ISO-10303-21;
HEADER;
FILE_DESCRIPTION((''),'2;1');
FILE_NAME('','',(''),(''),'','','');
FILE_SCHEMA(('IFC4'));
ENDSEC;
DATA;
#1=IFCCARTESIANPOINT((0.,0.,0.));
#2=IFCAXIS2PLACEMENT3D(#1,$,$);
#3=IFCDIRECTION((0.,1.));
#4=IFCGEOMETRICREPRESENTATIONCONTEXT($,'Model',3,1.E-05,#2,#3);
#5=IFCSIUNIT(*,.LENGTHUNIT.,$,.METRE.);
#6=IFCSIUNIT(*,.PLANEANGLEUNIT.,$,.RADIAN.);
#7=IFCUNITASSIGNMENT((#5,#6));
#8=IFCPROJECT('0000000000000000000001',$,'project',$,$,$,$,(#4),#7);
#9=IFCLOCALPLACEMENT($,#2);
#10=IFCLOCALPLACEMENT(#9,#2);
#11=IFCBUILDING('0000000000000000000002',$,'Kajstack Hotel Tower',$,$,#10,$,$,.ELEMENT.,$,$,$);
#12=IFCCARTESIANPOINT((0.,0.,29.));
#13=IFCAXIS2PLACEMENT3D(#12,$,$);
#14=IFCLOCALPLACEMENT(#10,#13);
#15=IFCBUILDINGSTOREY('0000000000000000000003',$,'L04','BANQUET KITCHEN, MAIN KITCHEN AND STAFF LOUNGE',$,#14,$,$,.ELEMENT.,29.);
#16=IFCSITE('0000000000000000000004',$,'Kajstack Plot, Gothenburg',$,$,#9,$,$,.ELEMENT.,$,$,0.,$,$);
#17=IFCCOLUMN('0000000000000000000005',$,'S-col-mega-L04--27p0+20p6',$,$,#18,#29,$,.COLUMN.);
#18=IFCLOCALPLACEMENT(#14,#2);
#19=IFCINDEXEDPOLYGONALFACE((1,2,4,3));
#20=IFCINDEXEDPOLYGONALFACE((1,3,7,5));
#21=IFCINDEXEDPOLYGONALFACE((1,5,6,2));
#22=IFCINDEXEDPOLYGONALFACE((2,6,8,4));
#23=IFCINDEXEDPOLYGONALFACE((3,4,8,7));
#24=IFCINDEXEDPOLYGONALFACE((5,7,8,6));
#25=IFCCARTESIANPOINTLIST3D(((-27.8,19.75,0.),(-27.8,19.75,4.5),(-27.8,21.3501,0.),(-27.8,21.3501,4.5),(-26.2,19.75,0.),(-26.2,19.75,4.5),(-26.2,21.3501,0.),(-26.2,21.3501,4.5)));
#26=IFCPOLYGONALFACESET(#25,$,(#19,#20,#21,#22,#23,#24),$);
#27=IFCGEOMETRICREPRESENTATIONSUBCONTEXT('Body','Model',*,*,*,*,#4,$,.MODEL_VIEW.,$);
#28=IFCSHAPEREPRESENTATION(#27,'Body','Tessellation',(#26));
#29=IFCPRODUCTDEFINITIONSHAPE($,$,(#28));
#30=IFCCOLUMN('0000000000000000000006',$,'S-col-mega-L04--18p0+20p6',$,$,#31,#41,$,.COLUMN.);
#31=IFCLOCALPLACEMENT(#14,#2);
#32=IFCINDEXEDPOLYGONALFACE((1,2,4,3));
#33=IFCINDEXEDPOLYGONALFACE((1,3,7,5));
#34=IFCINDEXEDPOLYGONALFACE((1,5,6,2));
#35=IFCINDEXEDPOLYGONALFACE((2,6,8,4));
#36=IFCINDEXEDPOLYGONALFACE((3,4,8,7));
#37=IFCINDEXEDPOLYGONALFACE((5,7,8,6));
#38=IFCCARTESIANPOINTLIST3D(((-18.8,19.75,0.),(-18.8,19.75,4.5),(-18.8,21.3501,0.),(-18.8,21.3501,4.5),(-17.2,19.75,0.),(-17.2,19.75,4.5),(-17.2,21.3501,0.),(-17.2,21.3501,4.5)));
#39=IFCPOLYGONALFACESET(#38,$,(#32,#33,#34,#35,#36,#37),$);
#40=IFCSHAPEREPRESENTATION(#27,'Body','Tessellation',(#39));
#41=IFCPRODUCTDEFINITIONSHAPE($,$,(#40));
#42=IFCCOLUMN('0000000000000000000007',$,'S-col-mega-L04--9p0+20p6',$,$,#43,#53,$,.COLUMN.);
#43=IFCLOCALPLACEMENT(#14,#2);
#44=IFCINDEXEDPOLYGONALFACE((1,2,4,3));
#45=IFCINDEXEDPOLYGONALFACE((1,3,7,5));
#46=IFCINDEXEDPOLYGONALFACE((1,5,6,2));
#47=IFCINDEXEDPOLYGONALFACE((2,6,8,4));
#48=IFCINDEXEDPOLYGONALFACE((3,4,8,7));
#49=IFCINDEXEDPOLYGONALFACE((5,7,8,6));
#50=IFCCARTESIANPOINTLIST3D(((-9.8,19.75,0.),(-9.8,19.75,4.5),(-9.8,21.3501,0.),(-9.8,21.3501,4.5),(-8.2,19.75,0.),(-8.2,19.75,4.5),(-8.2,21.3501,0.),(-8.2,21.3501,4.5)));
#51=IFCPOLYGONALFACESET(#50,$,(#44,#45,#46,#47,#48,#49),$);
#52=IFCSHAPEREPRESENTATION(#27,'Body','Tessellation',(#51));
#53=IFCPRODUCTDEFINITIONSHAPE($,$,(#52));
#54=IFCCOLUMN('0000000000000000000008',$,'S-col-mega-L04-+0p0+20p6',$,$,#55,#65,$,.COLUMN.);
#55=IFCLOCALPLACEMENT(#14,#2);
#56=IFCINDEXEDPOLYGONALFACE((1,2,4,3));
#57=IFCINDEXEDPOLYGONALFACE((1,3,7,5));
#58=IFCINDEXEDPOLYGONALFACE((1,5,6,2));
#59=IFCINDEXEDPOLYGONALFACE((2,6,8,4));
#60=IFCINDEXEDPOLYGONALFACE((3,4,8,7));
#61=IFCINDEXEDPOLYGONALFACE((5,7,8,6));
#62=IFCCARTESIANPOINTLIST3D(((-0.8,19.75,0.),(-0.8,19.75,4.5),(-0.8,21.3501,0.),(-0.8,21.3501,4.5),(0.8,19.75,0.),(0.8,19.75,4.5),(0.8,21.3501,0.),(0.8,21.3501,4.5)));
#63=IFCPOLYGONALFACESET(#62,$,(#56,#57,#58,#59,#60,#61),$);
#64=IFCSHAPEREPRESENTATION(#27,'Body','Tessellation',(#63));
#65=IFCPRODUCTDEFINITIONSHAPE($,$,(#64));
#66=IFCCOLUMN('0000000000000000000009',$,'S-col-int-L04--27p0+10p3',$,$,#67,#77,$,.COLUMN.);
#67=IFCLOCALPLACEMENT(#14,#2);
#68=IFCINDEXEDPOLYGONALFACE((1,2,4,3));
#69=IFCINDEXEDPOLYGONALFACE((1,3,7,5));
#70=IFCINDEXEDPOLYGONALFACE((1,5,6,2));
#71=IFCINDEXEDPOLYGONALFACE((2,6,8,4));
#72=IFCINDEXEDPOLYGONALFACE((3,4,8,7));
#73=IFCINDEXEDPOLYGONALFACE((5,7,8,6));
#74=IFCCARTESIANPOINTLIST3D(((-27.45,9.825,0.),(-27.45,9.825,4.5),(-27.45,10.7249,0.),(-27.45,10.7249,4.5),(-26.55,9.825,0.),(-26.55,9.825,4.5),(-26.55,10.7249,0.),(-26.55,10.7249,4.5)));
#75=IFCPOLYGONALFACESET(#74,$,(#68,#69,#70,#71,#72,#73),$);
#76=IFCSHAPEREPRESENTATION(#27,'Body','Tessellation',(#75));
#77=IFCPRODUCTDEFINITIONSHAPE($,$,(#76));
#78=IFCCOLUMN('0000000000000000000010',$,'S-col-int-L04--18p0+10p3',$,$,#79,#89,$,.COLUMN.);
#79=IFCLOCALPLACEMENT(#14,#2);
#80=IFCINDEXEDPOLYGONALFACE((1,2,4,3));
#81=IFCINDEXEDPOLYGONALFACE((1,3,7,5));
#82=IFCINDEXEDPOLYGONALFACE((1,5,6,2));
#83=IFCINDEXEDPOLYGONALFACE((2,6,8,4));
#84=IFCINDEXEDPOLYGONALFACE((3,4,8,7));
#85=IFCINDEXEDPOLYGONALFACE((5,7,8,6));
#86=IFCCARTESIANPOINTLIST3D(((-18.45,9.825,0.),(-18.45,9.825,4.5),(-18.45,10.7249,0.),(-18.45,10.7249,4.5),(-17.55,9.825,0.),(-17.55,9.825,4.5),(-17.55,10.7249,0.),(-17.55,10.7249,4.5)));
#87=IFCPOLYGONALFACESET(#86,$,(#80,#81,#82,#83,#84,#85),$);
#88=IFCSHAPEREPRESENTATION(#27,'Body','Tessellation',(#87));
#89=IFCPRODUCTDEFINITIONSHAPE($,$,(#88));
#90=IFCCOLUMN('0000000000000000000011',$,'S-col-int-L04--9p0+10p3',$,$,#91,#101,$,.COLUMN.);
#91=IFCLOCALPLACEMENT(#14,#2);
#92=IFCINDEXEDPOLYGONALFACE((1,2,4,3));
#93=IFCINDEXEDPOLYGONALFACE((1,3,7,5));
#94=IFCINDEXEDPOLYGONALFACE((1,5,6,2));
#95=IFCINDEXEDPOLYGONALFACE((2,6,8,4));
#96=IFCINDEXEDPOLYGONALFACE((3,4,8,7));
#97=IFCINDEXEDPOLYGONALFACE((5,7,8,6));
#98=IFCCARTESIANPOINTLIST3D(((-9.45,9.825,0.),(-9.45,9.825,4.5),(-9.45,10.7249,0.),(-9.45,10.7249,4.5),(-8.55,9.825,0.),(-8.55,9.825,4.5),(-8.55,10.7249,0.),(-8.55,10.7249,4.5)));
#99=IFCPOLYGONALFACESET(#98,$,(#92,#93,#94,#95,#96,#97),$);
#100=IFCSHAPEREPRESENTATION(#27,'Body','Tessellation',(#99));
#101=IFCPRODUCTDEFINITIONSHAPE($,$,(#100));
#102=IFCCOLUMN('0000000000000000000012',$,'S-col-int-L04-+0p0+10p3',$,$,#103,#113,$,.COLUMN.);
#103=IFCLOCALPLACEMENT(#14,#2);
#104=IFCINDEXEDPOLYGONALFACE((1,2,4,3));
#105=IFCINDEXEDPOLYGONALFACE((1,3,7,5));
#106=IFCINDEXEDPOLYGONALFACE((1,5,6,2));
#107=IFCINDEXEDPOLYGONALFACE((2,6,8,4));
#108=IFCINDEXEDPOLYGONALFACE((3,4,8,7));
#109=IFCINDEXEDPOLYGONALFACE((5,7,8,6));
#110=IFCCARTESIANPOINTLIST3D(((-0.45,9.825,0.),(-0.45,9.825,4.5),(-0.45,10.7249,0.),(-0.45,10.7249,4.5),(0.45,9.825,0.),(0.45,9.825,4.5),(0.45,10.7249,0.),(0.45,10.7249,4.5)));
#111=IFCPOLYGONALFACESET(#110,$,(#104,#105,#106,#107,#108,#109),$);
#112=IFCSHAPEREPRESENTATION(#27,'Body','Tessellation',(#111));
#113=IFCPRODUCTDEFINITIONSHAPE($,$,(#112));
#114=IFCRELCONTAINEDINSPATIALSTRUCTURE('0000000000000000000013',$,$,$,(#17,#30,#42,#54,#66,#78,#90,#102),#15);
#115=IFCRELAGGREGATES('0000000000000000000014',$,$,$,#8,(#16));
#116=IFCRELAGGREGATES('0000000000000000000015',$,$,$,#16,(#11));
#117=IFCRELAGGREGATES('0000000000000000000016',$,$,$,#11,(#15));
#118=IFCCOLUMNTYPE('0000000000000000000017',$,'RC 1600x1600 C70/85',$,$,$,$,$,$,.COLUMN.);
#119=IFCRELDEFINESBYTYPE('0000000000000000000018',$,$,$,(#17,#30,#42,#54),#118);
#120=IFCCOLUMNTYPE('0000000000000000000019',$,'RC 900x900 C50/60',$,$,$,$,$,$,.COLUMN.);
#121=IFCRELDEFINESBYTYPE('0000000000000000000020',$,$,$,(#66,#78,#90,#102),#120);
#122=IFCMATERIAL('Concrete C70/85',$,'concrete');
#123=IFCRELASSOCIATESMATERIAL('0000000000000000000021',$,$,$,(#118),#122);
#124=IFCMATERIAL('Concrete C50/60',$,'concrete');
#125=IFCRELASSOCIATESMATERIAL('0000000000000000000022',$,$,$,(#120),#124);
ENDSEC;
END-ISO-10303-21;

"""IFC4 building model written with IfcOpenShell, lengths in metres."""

from ifc_helpers import new_model, si_unit, direction, frame, origin, origin_2d, place, context, subcontext, project, spatial, rectangle, extrude, material, material_profile, profile_set, type_object, element, save


model = new_model("IFC4")

# Units and contexts
model_context = context("Model", 3, precision=1e-05, world=origin(), true_north=direction((0.0, 1.0)))
body_context = subcontext(model_context, "Body", "Model", "MODEL_VIEW")
ifc_project = project(units=[si_unit("LENGTHUNIT", "METRE"), si_unit("PLANEANGLEUNIT", "RADIAN")], contexts=[model_context])

# Site, building, storey
site_placement = place(None, origin())
site = spatial("IfcSite", under=ifc_project, at=site_placement, Name="Kajstack Plot, Gothenburg", CompositionType="ELEMENT", RefElevation=0.0)
building_placement = place(site_placement, origin())
building = spatial("IfcBuilding", under=site, at=building_placement, Name="Kajstack Hotel Tower", CompositionType="ELEMENT")
storey_placement = place(building_placement, frame((0.0, 0.0, 29.0)))
storey = spatial("IfcBuildingStorey", under=building, at=storey_placement, Name="L04", Description="BANQUET KITCHEN, MAIN KITCHEN AND STAFF LOUNGE", CompositionType="ELEMENT", Elevation=29.0)

# Columns
ifc_material_1 = material(Name="Concrete C70/85", Category="concrete")
ifc_material_profile_1 = material_profile(ifc_material_1, rectangle(XDim=1.6001, YDim=1.6001, at=origin_2d()), Name="RC 1600x1600")
ifc_profile_set_1 = profile_set([ifc_material_profile_1], Name="Concrete C70/85")
column_type_1 = type_object("IfcColumnType", Name="RC 1600x1600 C70/85", PredefinedType="COLUMN", material=ifc_profile_set_1)
for number, where, z_axis, x_axis, name in (
    (1, (-27.0, 20.55, 0.0), (0.0, 0.0, 1.0), (1.0, 0.0, 0.0), "S-col-mega-L04--27p0+20p6"),
    (2, (-18.0, 20.55, 0.0), (0.0, 0.0, 1.0), (1.0, 0.0, 0.0), "S-col-mega-L04--18p0+20p6"),
    (3, (-9.0, 20.55, 0.0), (0.0, 0.0, 1.0), (1.0, 0.0, 0.0), "S-col-mega-L04--9p0+20p6"),
    (4, (0.0, 20.55, 0.0), (0.0, 0.0, 1.0), (1.0, 0.0, 0.0), "S-col-mega-L04-+0p0+20p6"),
):
    element("IfcColumn", number, at=place(storey_placement, frame(where, z_axis=z_axis, x_axis=x_axis)), inside=storey, type_object=column_type_1, Name=name, PredefinedType="COLUMN", context=body_context, shape_type="SweptSolid", body=[
        extrude(rectangle(XDim=1.6001, YDim=1.6001, at=origin_2d()), origin(), (0.0, 0.0, 1.0), 4.5),
    ])
ifc_material_2 = material(Name="Concrete C50/60", Category="concrete")
ifc_material_profile_2 = material_profile(ifc_material_2, rectangle(XDim=0.8999, YDim=0.8999, at=origin_2d()), Name="RC 900x900")
ifc_profile_set_2 = profile_set([ifc_material_profile_2], Name="Concrete C50/60")
column_type_2 = type_object("IfcColumnType", Name="RC 900x900 C50/60", PredefinedType="COLUMN", material=ifc_profile_set_2)
for number, where, z_axis, x_axis, name in (
    (5, (-27.0, 10.2749, 0.0), (0.0, 0.0, 1.0), (1.0, 0.0, 0.0), "S-col-int-L04--27p0+10p3"),
    (6, (-18.0, 10.2749, 0.0), (0.0, 0.0, 1.0), (1.0, 0.0, 0.0), "S-col-int-L04--18p0+10p3"),
    (7, (-9.0, 10.2749, 0.0), (0.0, 0.0, 1.0), (1.0, 0.0, 0.0), "S-col-int-L04--9p0+10p3"),
    (8, (0.0, 10.2749, 0.0), (0.0, 0.0, 1.0), (1.0, 0.0, 0.0), "S-col-int-L04-+0p0+10p3"),
):
    element("IfcColumn", number, at=place(storey_placement, frame(where, z_axis=z_axis, x_axis=x_axis)), inside=storey, type_object=column_type_2, Name=name, PredefinedType="COLUMN", context=body_context, shape_type="SweptSolid", body=[
        extrude(rectangle(XDim=0.8999, YDim=0.8999, at=origin_2d()), origin(), (0.0, 0.0, 1.0), 4.5),
    ])

save(model, "model.ifc")
